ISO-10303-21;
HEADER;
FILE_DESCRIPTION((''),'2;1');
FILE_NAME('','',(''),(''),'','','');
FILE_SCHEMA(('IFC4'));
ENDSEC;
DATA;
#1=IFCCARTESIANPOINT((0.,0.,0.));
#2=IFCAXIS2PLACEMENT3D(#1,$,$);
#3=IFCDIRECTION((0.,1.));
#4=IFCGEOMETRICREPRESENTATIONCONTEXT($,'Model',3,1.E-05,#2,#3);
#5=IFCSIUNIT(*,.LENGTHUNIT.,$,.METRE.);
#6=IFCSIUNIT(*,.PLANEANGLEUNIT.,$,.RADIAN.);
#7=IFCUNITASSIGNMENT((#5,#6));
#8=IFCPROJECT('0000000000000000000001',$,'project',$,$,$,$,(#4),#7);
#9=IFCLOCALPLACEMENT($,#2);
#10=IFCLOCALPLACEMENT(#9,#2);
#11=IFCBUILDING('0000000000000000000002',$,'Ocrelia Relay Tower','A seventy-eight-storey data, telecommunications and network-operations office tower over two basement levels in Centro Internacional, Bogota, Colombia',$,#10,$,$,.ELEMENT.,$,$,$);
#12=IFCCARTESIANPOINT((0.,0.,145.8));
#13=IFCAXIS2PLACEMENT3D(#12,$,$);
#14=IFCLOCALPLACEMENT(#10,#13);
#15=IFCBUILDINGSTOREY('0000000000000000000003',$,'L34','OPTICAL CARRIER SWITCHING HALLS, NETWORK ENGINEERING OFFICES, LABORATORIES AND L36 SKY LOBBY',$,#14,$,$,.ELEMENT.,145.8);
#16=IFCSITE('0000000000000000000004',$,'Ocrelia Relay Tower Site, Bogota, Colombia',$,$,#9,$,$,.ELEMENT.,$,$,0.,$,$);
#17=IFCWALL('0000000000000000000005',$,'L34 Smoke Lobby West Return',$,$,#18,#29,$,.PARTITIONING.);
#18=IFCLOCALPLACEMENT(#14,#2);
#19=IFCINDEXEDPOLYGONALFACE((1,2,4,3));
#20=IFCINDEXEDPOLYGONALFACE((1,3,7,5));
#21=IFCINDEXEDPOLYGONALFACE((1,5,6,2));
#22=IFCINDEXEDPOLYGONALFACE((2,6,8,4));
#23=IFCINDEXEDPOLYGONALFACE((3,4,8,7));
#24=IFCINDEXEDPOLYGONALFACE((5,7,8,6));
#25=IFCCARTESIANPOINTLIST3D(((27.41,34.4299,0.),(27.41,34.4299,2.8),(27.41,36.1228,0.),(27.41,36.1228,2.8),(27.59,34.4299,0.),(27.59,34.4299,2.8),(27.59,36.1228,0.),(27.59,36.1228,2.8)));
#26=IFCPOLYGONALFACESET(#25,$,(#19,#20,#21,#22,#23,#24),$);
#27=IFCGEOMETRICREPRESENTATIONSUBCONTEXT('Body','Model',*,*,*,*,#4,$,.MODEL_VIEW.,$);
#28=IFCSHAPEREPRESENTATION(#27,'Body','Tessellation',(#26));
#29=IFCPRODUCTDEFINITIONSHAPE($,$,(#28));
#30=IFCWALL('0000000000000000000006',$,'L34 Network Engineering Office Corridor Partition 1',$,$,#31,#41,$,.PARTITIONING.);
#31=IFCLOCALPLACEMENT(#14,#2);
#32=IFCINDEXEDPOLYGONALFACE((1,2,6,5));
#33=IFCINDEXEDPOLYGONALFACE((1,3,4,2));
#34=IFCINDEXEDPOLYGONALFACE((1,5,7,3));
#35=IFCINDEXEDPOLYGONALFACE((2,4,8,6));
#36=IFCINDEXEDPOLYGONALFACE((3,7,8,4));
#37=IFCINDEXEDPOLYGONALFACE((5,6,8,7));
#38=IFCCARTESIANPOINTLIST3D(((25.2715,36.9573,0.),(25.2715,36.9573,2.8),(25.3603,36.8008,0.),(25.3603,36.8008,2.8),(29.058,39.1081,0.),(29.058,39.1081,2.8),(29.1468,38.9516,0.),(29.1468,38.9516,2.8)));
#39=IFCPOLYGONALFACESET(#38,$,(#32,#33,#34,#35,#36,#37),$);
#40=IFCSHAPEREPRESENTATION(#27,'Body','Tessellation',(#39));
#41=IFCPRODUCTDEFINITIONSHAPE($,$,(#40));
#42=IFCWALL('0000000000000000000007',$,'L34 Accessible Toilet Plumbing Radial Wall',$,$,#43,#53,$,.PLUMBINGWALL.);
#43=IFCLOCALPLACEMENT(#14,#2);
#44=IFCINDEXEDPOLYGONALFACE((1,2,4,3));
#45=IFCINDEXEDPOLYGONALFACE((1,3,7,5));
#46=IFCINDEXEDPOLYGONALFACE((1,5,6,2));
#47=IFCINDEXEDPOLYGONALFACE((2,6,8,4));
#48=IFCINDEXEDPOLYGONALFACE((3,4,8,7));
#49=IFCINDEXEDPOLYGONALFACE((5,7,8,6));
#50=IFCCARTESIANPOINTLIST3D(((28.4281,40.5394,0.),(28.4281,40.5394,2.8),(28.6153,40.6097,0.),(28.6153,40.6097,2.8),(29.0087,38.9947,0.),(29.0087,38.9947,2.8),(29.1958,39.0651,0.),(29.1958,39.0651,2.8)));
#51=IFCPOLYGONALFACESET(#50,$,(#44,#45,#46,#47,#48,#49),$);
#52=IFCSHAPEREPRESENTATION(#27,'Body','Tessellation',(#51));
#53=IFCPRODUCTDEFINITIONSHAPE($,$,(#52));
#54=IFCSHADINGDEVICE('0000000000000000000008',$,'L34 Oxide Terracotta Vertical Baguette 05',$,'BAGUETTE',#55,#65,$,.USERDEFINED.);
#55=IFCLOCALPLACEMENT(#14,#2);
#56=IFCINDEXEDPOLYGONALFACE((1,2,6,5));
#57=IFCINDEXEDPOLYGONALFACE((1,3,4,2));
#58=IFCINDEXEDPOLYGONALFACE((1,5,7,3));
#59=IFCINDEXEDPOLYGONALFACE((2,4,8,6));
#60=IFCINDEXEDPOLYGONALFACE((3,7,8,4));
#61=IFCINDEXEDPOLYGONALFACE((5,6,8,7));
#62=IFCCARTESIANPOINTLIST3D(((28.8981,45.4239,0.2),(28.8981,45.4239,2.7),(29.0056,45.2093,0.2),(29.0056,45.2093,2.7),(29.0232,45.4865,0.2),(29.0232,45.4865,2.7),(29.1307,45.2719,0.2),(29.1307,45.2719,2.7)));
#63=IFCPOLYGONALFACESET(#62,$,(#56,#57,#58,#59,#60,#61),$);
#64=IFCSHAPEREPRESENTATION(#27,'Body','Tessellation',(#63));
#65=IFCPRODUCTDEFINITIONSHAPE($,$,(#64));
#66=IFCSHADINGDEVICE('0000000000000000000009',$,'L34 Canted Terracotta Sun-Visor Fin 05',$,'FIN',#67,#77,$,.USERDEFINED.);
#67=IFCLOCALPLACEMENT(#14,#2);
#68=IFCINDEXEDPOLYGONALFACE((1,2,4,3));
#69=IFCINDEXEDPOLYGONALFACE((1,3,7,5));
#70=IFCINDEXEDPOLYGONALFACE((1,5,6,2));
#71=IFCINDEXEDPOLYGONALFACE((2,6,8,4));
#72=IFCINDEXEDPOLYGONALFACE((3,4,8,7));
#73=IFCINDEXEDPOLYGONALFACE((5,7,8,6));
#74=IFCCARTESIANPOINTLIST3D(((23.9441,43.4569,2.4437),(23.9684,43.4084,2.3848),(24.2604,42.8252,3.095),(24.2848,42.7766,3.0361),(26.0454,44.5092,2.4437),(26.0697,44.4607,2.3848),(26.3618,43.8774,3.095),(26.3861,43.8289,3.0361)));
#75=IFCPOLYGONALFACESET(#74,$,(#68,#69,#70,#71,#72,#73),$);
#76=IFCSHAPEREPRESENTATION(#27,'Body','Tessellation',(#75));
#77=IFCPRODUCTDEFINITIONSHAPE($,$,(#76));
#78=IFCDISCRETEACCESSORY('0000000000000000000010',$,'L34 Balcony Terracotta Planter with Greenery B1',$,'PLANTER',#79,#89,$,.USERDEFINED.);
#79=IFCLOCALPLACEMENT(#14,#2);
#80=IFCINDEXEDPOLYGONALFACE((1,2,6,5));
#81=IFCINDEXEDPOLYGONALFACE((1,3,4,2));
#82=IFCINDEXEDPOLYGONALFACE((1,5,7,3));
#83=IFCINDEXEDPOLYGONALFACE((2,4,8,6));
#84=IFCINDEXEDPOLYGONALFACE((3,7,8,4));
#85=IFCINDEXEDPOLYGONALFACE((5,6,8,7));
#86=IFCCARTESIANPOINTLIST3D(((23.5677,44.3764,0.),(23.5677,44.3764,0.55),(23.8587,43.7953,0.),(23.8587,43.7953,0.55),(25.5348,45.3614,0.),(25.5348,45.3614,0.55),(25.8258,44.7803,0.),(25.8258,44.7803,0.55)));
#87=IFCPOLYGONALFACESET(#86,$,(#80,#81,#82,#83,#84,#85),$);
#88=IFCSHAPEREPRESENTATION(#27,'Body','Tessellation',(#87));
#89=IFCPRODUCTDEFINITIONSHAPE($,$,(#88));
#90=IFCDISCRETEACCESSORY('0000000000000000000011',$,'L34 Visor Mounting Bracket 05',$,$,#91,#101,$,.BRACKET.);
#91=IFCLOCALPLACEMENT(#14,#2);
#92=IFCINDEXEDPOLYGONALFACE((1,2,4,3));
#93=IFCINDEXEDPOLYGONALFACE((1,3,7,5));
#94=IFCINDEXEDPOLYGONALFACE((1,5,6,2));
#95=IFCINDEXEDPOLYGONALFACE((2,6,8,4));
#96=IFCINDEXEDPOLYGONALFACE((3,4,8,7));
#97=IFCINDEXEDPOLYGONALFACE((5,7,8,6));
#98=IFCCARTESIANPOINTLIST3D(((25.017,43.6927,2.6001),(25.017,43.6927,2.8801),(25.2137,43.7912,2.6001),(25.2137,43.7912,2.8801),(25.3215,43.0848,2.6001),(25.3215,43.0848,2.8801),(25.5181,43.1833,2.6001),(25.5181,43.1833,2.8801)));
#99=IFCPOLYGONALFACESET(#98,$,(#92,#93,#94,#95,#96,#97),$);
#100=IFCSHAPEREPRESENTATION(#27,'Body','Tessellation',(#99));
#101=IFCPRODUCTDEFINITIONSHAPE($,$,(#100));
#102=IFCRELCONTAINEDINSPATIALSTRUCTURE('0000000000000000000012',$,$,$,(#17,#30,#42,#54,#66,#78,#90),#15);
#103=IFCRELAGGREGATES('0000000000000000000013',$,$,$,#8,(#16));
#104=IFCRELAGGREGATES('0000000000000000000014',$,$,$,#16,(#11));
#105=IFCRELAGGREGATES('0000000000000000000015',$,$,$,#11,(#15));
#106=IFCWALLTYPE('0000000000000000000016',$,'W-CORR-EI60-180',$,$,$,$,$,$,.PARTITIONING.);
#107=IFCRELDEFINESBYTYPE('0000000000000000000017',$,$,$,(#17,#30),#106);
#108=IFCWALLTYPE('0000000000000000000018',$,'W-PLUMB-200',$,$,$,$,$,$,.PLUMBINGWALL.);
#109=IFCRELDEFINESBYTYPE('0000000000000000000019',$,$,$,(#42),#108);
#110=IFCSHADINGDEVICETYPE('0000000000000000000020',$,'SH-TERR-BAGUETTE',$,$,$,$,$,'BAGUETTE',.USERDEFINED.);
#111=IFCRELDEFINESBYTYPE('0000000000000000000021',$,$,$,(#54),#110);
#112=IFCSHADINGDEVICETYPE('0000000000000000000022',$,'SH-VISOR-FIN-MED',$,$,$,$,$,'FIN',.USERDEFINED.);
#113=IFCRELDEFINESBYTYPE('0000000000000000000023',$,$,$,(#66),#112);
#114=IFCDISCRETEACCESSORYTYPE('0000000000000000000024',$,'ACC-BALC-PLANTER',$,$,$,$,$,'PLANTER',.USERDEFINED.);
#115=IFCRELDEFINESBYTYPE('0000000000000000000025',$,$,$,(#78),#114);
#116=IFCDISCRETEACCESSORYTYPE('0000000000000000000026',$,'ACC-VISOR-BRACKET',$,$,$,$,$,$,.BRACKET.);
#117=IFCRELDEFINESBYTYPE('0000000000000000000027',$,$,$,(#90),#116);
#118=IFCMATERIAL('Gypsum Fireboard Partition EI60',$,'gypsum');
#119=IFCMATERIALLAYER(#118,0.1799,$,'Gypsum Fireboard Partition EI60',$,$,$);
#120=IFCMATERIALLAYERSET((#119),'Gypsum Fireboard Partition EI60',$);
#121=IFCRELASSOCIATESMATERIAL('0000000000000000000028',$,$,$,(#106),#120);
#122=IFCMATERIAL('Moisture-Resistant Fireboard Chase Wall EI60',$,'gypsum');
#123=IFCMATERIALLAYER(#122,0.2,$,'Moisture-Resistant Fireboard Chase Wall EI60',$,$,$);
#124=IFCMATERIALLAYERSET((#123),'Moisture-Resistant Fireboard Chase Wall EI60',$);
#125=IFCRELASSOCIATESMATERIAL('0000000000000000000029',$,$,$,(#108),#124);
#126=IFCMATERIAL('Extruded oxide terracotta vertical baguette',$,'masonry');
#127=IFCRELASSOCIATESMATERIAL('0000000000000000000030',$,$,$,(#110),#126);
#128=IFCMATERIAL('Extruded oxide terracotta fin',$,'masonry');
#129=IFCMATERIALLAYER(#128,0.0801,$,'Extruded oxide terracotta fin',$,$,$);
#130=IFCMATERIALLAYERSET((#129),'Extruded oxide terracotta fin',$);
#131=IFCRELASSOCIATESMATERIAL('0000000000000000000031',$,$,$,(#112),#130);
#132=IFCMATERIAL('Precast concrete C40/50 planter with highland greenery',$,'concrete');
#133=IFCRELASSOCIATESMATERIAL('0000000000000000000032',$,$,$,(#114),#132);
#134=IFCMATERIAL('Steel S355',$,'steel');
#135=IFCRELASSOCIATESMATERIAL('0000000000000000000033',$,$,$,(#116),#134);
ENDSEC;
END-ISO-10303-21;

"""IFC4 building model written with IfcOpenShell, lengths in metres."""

from ifc_helpers import new_model, si_unit, direction, frame, frame_2d, origin, origin_2d, place, context, subcontext, project, spatial, rectangle, extrude, material, layer, layer_set, type_object, element, save


model = new_model("IFC4")

# Units and contexts
model_context = context("Model", 3, precision=1e-05, world=origin(), true_north=direction((0.0, 1.0)))
body_context = subcontext(model_context, "Body", "Model", "MODEL_VIEW")
ifc_project = project(units=[si_unit("LENGTHUNIT", "METRE"), si_unit("PLANEANGLEUNIT", "RADIAN")], contexts=[model_context])

# Site, building, storey
site_placement = place(None, origin())
site = spatial("IfcSite", under=ifc_project, at=site_placement, Name="Ocrelia Relay Tower Site, Bogota, Colombia", CompositionType="ELEMENT", RefElevation=0.0)
building_placement = place(site_placement, origin())
building = spatial("IfcBuilding", under=site, at=building_placement, Name="Ocrelia Relay Tower", Description="A seventy-eight-storey data, telecommunications and network-operations office tower over two basement levels in Centro Internacional, Bogota, Colombia", CompositionType="ELEMENT")
storey_placement = place(building_placement, frame((0.0, 0.0, 145.8)))
storey = spatial("IfcBuildingStorey", under=building, at=storey_placement, Name="L34", Description="OPTICAL CARRIER SWITCHING HALLS, NETWORK ENGINEERING OFFICES, LABORATORIES AND L36 SKY LOBBY", CompositionType="ELEMENT", Elevation=145.8)

# Shared definitions
ifc_material_1 = material(Name="Steel S355", Category="steel")

# Wall
ifc_material_2 = material(Name="Gypsum Fireboard Partition EI60", Category="gypsum")
ifc_layer_1 = layer(ifc_material_2, 0.1799, Name="Gypsum Fireboard Partition EI60")
ifc_layer_set_1 = layer_set([ifc_layer_1], Name="Gypsum Fireboard Partition EI60")
wall_type_1 = type_object("IfcWallType", Name="W-CORR-EI60-180", PredefinedType="PARTITIONING", material=ifc_layer_set_1)
wall_1_placement = place(storey_placement, frame((27.5, 34.4299, 0.0), z_axis=(0.0, 0.0, 1.0), x_axis=(0.0, 1.0, 0.0)))
element("IfcWall", 1, at=wall_1_placement, inside=storey, type_object=wall_type_1, Name="L34 Smoke Lobby West Return", PredefinedType="PARTITIONING", context=body_context, shape_type="SweptSolid", body=[
    extrude(rectangle(XDim=1.6929, YDim=0.1799, at=frame_2d((0.8464, 0.0))), origin(), (0.0, 0.0, 1.0), 2.8),
])

# Wall
wall_2_placement = place(storey_placement, frame((29.1023, 39.0298, 0.0), z_axis=(0.0, 0.0, 1.0), x_axis=(-0.869517, -0.493903, 0.0)))
element("IfcWall", 2, at=wall_2_placement, inside=storey, type_object=wall_type_1, Name="L34 Network Engineering Office Corridor Partition 1", PredefinedType="PARTITIONING", context=body_context, shape_type="SweptSolid", body=[
    extrude(rectangle(XDim=4.3547, YDim=0.1799, at=frame_2d((2.1772, 0.0))), origin(), (0.0, 0.0, 1.0), 2.8),
])

# Wall
ifc_material_3 = material(Name="Moisture-Resistant Fireboard Chase Wall EI60", Category="gypsum")
ifc_layer_2 = layer(ifc_material_3, 0.2, Name="Moisture-Resistant Fireboard Chase Wall EI60")
ifc_layer_set_2 = layer_set([ifc_layer_2], Name="Moisture-Resistant Fireboard Chase Wall EI60")
wall_type_2 = type_object("IfcWallType", Name="W-PLUMB-200", PredefinedType="PLUMBINGWALL", material=ifc_layer_set_2)
wall_3_placement = place(storey_placement, frame((29.1023, 39.0298, 0.0), z_axis=(0.0, 0.0, 1.0), x_axis=(-0.351821, 0.936067, 0.0)))
element("IfcWall", 3, at=wall_3_placement, inside=storey, type_object=wall_type_2, Name="L34 Accessible Toilet Plumbing Radial Wall", PredefinedType="PLUMBINGWALL", context=body_context, shape_type="SweptSolid", body=[
    extrude(rectangle(XDim=1.6501, YDim=0.2, at=frame_2d((0.8252, 0.0))), origin(), (0.0, 0.0, 1.0), 2.8),
])

# Shading devices
ifc_material_4 = material(Name="Extruded oxide terracotta vertical baguette", Category="masonry")
shading_device_type_1 = type_object("IfcShadingDeviceType", Name="SH-TERR-BAGUETTE", ElementType="BAGUETTE", PredefinedType="USERDEFINED", material=ifc_material_4)
shading_device_1_placement = place(storey_placement, frame((29.0144, 45.3479, 0.2), z_axis=(0.0, 0.0, 1.0), x_axis=(-0.894155, -0.447758, 0.0)))
element("IfcShadingDevice", 4, at=shading_device_1_placement, inside=storey, type_object=shading_device_type_1, Name="L34 Oxide Terracotta Vertical Baguette 05", ObjectType="BAGUETTE", PredefinedType="USERDEFINED", context=body_context, shape_type="SweptSolid", body=[
    extrude(rectangle(XDim=0.1399, YDim=0.24, at=origin_2d()), origin(), (0.0, 0.0, 1.0), 2.5),
])
ifc_material_5 = material(Name="Extruded oxide terracotta fin", Category="masonry")
ifc_layer_3 = layer(ifc_material_5, 0.0801, Name="Extruded oxide terracotta fin")
ifc_layer_set_3 = layer_set([ifc_layer_3], Name="Extruded oxide terracotta fin")
shading_device_type_2 = type_object("IfcShadingDeviceType", Name="SH-VISOR-FIN-MED", ElementType="FIN", PredefinedType="USERDEFINED", material=ifc_layer_set_3)
shading_device_2_placement = place(storey_placement, frame((25.1772, 43.6187, 2.7104), z_axis=(-0.303479, 0.606036, 0.73527), x_axis=(-0.894155, -0.447758, 0.0)))
element("IfcShadingDevice", 5, at=shading_device_2_placement, inside=storey, type_object=shading_device_type_2, Name="L34 Canted Terracotta Sun-Visor Fin 05", ObjectType="FIN", PredefinedType="USERDEFINED", context=body_context, shape_type="SweptSolid", body=[
    extrude(rectangle(XDim=2.3501, YDim=0.9609, at=origin_2d()), origin(), (0.0, 0.0, 1.0), 0.0801),
])

# Discrete accessories
ifc_material_6 = material(Name="Precast concrete C40/50 planter with highland greenery", Category="concrete")
discrete_accessory_type_1 = type_object("IfcDiscreteAccessoryType", Name="ACC-BALC-PLANTER", ElementType="PLANTER", PredefinedType="USERDEFINED", material=ifc_material_6)
discrete_accessory_1_placement = place(storey_placement, frame((24.6968, 44.5784, 0.0), z_axis=(0.0, 0.0, 1.0), x_axis=(0.894155, 0.447757, 0.0)))
element("IfcDiscreteAccessory", 6, at=discrete_accessory_1_placement, inside=storey, type_object=discrete_accessory_type_1, Name="L34 Balcony Terracotta Planter with Greenery B1", ObjectType="PLANTER", PredefinedType="USERDEFINED", context=body_context, shape_type="SweptSolid", body=[
    extrude(rectangle(XDim=2.2, YDim=0.6499, at=origin_2d()), origin(), (0.0, 0.0, 1.0), 0.55),
])
discrete_accessory_type_2 = type_object("IfcDiscreteAccessoryType", Name="ACC-VISOR-BRACKET", PredefinedType="BRACKET", material=ifc_material_1)
discrete_accessory_2_placement = place(storey_placement, frame((25.2676, 43.438, 2.6001), z_axis=(0.0, 0.0, 1.0), x_axis=(-0.894155, -0.447758, 0.0)))
element("IfcDiscreteAccessory", 7, at=discrete_accessory_2_placement, inside=storey, type_object=discrete_accessory_type_2, Name="L34 Visor Mounting Bracket 05", PredefinedType="BRACKET", context=body_context, shape_type="SweptSolid", body=[
    extrude(rectangle(XDim=0.22, YDim=0.6799, at=origin_2d()), origin(), (0.0, 0.0, 1.0), 0.28),
])

save(model, "model.ifc")
